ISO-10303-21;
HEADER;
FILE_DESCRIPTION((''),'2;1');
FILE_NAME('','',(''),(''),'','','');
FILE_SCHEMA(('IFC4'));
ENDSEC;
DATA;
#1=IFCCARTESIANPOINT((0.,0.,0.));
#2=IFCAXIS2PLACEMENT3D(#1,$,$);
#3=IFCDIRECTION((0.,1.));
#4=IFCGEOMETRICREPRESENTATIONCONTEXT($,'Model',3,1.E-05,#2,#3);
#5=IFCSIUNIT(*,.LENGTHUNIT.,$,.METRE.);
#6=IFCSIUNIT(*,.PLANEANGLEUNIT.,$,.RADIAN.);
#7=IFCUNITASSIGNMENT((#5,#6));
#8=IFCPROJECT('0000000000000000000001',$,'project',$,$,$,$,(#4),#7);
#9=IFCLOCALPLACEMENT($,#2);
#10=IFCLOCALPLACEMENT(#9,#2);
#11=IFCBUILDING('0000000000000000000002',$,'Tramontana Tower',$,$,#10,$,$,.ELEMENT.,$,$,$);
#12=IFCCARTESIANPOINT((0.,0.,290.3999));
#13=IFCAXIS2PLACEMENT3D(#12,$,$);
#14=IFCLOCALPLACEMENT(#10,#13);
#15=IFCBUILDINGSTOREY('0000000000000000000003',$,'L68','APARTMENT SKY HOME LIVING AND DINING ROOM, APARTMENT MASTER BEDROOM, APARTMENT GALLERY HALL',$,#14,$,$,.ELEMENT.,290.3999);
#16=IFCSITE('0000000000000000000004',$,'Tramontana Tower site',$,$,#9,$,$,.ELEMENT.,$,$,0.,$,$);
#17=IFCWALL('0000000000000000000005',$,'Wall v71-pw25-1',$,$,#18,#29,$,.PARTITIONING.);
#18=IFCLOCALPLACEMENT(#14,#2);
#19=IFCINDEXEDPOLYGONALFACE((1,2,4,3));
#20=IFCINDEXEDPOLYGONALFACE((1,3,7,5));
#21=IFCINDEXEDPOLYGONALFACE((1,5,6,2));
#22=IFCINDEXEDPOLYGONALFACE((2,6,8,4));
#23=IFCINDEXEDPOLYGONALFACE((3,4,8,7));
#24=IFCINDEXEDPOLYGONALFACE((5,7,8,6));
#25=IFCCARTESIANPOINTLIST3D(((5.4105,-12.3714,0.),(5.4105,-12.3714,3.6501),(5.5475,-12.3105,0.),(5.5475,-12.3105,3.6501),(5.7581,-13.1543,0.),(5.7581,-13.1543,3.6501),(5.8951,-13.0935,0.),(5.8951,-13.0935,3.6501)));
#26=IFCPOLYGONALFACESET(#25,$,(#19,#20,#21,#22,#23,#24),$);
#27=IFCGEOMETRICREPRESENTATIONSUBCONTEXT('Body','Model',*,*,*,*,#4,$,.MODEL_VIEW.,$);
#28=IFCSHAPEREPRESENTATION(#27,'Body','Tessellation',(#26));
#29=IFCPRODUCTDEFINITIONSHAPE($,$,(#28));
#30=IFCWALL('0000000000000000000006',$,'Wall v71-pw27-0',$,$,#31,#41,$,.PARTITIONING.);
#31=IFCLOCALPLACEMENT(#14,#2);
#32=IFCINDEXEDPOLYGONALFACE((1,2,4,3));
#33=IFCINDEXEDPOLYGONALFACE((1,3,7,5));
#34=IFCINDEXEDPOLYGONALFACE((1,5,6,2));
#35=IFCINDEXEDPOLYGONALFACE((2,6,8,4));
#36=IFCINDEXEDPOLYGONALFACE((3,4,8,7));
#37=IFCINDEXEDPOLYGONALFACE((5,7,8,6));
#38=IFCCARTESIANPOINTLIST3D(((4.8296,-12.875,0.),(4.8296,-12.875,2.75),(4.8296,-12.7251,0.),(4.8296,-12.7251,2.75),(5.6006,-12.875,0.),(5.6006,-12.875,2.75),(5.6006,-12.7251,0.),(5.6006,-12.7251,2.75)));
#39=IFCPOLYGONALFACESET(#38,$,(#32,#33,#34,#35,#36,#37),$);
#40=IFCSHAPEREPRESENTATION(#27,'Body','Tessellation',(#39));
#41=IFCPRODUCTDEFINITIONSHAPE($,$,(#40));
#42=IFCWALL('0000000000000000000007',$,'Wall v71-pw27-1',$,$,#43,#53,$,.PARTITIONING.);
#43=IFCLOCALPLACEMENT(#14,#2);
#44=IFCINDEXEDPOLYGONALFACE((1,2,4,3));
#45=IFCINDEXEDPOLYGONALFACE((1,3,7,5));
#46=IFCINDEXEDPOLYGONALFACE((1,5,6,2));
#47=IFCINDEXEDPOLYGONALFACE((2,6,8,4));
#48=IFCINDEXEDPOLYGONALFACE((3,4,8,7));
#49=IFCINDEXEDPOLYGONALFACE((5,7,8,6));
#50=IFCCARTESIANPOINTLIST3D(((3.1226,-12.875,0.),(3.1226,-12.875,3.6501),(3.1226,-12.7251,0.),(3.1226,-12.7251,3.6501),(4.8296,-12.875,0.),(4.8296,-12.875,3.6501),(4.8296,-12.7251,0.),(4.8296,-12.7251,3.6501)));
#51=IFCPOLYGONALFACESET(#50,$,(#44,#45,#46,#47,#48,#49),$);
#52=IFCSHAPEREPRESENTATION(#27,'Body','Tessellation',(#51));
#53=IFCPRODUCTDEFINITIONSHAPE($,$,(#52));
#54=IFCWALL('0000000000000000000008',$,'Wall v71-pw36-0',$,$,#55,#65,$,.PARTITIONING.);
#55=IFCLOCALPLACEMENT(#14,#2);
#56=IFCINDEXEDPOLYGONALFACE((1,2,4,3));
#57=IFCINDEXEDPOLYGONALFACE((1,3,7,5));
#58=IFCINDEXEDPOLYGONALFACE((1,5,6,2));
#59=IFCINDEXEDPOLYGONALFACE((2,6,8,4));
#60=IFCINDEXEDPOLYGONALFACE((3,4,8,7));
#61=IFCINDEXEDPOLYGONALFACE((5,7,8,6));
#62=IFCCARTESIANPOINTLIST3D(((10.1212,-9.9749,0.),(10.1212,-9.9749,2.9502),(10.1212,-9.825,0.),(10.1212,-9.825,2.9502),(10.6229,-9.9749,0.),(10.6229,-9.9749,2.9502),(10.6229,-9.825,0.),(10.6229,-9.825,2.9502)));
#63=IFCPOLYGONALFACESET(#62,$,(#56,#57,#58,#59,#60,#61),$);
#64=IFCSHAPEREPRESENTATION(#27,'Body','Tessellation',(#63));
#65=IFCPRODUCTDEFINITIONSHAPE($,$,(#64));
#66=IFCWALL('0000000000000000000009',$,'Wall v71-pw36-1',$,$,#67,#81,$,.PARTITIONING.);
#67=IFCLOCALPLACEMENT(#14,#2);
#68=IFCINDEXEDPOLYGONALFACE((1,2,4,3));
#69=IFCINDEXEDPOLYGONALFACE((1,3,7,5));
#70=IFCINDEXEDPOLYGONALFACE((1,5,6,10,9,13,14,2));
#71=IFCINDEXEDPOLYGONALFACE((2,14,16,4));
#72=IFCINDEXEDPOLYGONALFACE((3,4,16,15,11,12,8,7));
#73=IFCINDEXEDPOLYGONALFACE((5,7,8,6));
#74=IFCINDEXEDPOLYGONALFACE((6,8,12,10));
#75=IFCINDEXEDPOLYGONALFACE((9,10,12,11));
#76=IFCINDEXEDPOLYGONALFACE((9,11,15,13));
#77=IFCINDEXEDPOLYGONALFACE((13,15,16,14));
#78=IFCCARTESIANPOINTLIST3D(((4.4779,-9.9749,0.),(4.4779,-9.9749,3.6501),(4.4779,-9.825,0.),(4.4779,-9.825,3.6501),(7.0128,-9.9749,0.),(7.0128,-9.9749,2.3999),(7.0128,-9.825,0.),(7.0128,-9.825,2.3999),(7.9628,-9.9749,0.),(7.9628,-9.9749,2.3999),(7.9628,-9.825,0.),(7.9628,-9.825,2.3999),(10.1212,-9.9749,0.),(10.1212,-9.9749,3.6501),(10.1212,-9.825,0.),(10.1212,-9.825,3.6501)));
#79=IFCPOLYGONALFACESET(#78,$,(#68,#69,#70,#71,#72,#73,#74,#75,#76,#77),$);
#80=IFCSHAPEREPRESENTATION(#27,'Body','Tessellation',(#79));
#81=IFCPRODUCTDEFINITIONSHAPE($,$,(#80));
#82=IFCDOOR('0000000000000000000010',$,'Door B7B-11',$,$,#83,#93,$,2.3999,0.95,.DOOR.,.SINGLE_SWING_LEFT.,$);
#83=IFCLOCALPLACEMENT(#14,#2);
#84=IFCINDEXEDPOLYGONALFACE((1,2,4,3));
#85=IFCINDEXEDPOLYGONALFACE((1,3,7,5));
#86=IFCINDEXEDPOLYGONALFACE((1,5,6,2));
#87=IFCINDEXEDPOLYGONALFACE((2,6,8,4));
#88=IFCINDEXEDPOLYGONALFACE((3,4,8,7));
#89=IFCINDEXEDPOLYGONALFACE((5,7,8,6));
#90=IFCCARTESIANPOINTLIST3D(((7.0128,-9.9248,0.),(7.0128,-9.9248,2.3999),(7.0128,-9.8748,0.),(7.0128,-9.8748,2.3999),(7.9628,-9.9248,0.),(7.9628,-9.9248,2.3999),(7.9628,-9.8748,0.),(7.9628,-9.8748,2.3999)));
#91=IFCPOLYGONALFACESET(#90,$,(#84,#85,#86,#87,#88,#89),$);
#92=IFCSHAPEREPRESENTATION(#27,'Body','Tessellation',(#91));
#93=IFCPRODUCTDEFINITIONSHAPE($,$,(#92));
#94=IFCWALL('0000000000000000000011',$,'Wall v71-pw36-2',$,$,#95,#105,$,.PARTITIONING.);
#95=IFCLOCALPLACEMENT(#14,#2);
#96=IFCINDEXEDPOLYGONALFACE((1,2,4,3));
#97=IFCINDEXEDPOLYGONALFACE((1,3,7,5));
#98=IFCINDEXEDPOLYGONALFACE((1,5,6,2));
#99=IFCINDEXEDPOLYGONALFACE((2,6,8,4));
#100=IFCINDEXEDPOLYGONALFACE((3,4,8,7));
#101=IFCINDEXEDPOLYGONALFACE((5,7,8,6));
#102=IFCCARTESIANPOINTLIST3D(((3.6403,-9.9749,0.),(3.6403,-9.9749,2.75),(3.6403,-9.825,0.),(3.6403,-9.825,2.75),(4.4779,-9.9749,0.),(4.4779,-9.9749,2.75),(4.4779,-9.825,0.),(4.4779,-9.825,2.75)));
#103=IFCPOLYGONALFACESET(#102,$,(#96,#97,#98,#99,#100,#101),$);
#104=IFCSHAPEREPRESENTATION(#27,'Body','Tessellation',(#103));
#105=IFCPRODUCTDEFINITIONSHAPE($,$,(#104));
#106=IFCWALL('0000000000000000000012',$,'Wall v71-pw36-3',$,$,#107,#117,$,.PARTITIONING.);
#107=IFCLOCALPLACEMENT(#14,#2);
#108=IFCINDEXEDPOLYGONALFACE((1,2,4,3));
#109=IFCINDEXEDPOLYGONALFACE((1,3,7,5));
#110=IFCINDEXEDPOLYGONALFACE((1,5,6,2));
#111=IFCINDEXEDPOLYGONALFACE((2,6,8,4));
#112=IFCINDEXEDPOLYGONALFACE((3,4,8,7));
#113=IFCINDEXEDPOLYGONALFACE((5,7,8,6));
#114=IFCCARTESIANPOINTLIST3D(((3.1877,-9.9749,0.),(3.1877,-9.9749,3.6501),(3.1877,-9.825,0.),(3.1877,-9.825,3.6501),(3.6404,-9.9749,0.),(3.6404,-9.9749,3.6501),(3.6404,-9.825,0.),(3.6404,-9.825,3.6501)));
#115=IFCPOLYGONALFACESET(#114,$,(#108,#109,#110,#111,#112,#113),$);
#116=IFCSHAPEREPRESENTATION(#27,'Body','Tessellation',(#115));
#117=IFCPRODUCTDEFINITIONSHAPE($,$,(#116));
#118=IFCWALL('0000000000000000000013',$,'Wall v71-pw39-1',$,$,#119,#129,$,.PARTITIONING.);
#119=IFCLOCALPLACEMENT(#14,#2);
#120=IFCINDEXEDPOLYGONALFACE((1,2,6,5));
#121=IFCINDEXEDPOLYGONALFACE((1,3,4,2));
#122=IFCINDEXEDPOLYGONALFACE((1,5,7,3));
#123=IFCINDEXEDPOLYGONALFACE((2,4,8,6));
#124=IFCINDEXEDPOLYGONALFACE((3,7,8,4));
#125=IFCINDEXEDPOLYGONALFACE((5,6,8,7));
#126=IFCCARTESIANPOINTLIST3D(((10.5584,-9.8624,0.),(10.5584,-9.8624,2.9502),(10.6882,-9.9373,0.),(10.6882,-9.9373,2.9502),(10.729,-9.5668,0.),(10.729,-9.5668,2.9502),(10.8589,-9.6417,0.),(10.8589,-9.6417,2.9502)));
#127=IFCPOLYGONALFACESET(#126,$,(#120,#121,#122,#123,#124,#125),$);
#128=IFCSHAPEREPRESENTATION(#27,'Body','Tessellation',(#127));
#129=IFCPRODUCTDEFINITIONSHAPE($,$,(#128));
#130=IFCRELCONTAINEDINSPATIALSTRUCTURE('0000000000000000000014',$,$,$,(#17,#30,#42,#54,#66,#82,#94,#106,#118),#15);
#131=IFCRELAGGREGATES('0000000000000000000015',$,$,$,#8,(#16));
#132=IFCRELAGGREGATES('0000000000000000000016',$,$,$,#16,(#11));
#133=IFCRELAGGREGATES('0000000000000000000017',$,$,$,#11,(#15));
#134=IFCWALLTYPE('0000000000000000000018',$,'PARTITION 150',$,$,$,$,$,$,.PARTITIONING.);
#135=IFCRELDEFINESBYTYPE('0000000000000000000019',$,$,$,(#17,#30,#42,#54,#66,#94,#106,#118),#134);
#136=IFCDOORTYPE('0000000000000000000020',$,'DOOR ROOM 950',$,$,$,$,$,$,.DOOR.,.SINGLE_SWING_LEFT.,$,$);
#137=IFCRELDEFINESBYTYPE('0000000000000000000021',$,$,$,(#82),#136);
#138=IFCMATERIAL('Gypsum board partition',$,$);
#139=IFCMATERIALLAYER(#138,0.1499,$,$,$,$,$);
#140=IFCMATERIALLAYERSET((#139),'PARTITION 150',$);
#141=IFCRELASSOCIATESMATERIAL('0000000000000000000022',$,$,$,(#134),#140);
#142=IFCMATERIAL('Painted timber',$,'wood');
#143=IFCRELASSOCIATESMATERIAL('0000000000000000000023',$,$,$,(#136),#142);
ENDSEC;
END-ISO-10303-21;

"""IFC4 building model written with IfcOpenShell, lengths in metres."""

from ifc_helpers import new_model, si_unit, direction, frame, frame_2d, origin, place, context, subcontext, project, spatial, rectangle, extrude, material, layer, layer_set, type_object, element, fill, save


model = new_model("IFC4")

# Units and contexts
model_context = context("Model", 3, precision=1e-05, world=origin(), true_north=direction((0.0, 1.0)))
body_context = subcontext(model_context, "Body", "Model", "MODEL_VIEW")
ifc_project = project(units=[si_unit("LENGTHUNIT", "METRE"), si_unit("PLANEANGLEUNIT", "RADIAN")], contexts=[model_context])

# Site, building, storey
site_placement = place(None, origin())
site = spatial("IfcSite", under=ifc_project, at=site_placement, Name="Tramontana Tower site", CompositionType="ELEMENT", RefElevation=0.0)
building_placement = place(site_placement, origin())
building = spatial("IfcBuilding", under=site, at=building_placement, Name="Tramontana Tower", CompositionType="ELEMENT")
storey_placement = place(building_placement, frame((0.0, 0.0, 290.3999)))
storey = spatial("IfcBuildingStorey", under=building, at=storey_placement, Name="L68", Description="APARTMENT SKY HOME LIVING AND DINING ROOM, APARTMENT MASTER BEDROOM, APARTMENT GALLERY HALL", CompositionType="ELEMENT", Elevation=290.3999)

# Shared definitions
ifc_material_1 = material(Name="Gypsum board partition")
ifc_layer_1 = layer(ifc_material_1, 0.1499)
ifc_layer_set_1 = layer_set([ifc_layer_1], Name="PARTITION 150")
wall_type_1 = type_object("IfcWallType", Name="PARTITION 150", PredefinedType="PARTITIONING", material=ifc_layer_set_1)

# Shared definitions
ifc_material_2 = material(Name="Painted timber", Category="wood")
door_type_1 = type_object("IfcDoorType", Name="DOOR ROOM 950", OperationType="SINGLE_SWING_LEFT", PredefinedType="DOOR", material=ifc_material_2)

# Walls
wall_1_placement = place(storey_placement, frame((5.479, -12.3411, 0.0), z_axis=(0.0, 0.0, 1.0), x_axis=(0.405821, -0.913953, 0.0)))
element("IfcWall", 1, at=wall_1_placement, inside=storey, type_object=wall_type_1, Name="Wall v71-pw25-1", PredefinedType="PARTITIONING", context=body_context, shape_type="SweptSolid", body=[
    extrude(rectangle(XDim=0.8567, YDim=0.1499, at=frame_2d((0.4282, 0.0))), origin(), (0.0, 0.0, 1.0), 3.6501),
])
wall_2_placement = place(storey_placement, frame((5.6006, -12.8, 0.0), z_axis=(0.0, 0.0, 1.0), x_axis=(-1.0, 0.0, 0.0)))
element("IfcWall", 2, at=wall_2_placement, inside=storey, type_object=wall_type_1, Name="Wall v71-pw27-0", PredefinedType="PARTITIONING", context=body_context, shape_type="SweptSolid", body=[
    extrude(rectangle(XDim=0.771, YDim=0.1499, at=frame_2d((0.3855, 0.0))), origin(), (0.0, 0.0, 1.0), 2.75),
])
wall_3_placement = place(storey_placement, frame((4.8296, -12.8, 0.0), z_axis=(0.0, 0.0, 1.0), x_axis=(-1.0, 0.0, 0.0)))
element("IfcWall", 3, at=wall_3_placement, inside=storey, type_object=wall_type_1, Name="Wall v71-pw27-1", PredefinedType="PARTITIONING", context=body_context, shape_type="SweptSolid", body=[
    extrude(rectangle(XDim=1.707, YDim=0.1499, at=frame_2d((0.8535, 0.0))), origin(), (0.0, 0.0, 1.0), 3.6501),
])
wall_4_placement = place(storey_placement, frame((10.623, -9.8999, 0.0), z_axis=(0.0, 0.0, 1.0), x_axis=(-1.0, 0.0, 0.0)))
element("IfcWall", 4, at=wall_4_placement, inside=storey, type_object=wall_type_1, Name="Wall v71-pw36-0", PredefinedType="PARTITIONING", context=body_context, shape_type="SweptSolid", body=[
    extrude(rectangle(XDim=0.5017, YDim=0.1499, at=frame_2d((0.251, 0.0))), origin(), (0.0, 0.0, 1.0), 2.9502),
])

# Wall, opening, door
wall_5_placement = place(storey_placement, frame((10.1213, -9.8999, 0.0), z_axis=(0.0, 0.0, 1.0), x_axis=(-1.0, 0.0, 0.0)))
wall_5 = element("IfcWall", 5, at=wall_5_placement, inside=storey, type_object=wall_type_1, Name="Wall v71-pw36-1", PredefinedType="PARTITIONING", context=body_context, shape_type="SweptSolid", body=[
    extrude(rectangle(XDim=5.6433, YDim=0.1499, at=frame_2d((2.8218, 0.0))), origin(), (0.0, 0.0, 1.0), 3.6501),
])
opening_1_placement = place(wall_5_placement, frame((2.1584, 0.0, 0.0)))
opening_1 = element("IfcOpeningElement", 6, at=opening_1_placement, cuts=wall_5, PredefinedType="OPENING", context=body_context, shape_type="SweptSolid", body=[
    extrude(rectangle(XDim=0.95, YDim=2.3999, at=frame_2d((0.4751, 1.2))), frame((0.0, 0.085, 0.0), z_axis=(0.0, -1.0, 0.0), x_axis=(1.0, 0.0, 0.0)), (0.0, 0.0, 1.0), 0.1699),
])
door_1_placement = place(opening_1_placement, origin())
door_1 = element("IfcDoor", 7, at=door_1_placement, inside=storey, type_object=door_type_1, Name="Door B7B-11", OperationType="SINGLE_SWING_LEFT", OverallHeight=2.3999, OverallWidth=0.95, PredefinedType="DOOR", context=body_context, shape_type="SweptSolid", body=[
    extrude(rectangle(XDim=0.95, YDim=2.3999, at=frame_2d((0.4751, 1.2))), frame((0.0, 0.0249, 0.0), z_axis=(0.0, -1.0, 0.0), x_axis=(1.0, 0.0, 0.0)), (0.0, 0.0, 1.0), 0.05),
])
fill(opening_1, door_1)

# Walls
wall_6_placement = place(storey_placement, frame((4.478, -9.8999, 0.0), z_axis=(0.0, 0.0, 1.0), x_axis=(-1.0, 0.0, 0.0)))
element("IfcWall", 8, at=wall_6_placement, inside=storey, type_object=wall_type_1, Name="Wall v71-pw36-2", PredefinedType="PARTITIONING", context=body_context, shape_type="SweptSolid", body=[
    extrude(rectangle(XDim=0.8376, YDim=0.1499, at=frame_2d((0.4189, 0.0))), origin(), (0.0, 0.0, 1.0), 2.75),
])
wall_7_placement = place(storey_placement, frame((3.6404, -9.8999, 0.0), z_axis=(0.0, 0.0, 1.0), x_axis=(-1.0, 0.0, 0.0)))
element("IfcWall", 9, at=wall_7_placement, inside=storey, type_object=wall_type_1, Name="Wall v71-pw36-3", PredefinedType="PARTITIONING", context=body_context, shape_type="SweptSolid", body=[
    extrude(rectangle(XDim=0.4526, YDim=0.1499, at=frame_2d((0.2263, 0.0))), origin(), (0.0, 0.0, 1.0), 3.6501),
])
wall_8_placement = place(storey_placement, frame((10.7939, -9.6042, 0.0), z_axis=(0.0, 0.0, 1.0), x_axis=(-0.499908, -0.866078, 0.0)))
element("IfcWall", 10, at=wall_8_placement, inside=storey, type_object=wall_type_1, Name="Wall v71-pw39-1", PredefinedType="PARTITIONING", context=body_context, shape_type="SweptSolid", body=[
    extrude(rectangle(XDim=0.3413, YDim=0.1499, at=frame_2d((0.1707, 0.0))), origin(), (0.0, 0.0, 1.0), 2.9502),
])

save(model, "model.ifc")
